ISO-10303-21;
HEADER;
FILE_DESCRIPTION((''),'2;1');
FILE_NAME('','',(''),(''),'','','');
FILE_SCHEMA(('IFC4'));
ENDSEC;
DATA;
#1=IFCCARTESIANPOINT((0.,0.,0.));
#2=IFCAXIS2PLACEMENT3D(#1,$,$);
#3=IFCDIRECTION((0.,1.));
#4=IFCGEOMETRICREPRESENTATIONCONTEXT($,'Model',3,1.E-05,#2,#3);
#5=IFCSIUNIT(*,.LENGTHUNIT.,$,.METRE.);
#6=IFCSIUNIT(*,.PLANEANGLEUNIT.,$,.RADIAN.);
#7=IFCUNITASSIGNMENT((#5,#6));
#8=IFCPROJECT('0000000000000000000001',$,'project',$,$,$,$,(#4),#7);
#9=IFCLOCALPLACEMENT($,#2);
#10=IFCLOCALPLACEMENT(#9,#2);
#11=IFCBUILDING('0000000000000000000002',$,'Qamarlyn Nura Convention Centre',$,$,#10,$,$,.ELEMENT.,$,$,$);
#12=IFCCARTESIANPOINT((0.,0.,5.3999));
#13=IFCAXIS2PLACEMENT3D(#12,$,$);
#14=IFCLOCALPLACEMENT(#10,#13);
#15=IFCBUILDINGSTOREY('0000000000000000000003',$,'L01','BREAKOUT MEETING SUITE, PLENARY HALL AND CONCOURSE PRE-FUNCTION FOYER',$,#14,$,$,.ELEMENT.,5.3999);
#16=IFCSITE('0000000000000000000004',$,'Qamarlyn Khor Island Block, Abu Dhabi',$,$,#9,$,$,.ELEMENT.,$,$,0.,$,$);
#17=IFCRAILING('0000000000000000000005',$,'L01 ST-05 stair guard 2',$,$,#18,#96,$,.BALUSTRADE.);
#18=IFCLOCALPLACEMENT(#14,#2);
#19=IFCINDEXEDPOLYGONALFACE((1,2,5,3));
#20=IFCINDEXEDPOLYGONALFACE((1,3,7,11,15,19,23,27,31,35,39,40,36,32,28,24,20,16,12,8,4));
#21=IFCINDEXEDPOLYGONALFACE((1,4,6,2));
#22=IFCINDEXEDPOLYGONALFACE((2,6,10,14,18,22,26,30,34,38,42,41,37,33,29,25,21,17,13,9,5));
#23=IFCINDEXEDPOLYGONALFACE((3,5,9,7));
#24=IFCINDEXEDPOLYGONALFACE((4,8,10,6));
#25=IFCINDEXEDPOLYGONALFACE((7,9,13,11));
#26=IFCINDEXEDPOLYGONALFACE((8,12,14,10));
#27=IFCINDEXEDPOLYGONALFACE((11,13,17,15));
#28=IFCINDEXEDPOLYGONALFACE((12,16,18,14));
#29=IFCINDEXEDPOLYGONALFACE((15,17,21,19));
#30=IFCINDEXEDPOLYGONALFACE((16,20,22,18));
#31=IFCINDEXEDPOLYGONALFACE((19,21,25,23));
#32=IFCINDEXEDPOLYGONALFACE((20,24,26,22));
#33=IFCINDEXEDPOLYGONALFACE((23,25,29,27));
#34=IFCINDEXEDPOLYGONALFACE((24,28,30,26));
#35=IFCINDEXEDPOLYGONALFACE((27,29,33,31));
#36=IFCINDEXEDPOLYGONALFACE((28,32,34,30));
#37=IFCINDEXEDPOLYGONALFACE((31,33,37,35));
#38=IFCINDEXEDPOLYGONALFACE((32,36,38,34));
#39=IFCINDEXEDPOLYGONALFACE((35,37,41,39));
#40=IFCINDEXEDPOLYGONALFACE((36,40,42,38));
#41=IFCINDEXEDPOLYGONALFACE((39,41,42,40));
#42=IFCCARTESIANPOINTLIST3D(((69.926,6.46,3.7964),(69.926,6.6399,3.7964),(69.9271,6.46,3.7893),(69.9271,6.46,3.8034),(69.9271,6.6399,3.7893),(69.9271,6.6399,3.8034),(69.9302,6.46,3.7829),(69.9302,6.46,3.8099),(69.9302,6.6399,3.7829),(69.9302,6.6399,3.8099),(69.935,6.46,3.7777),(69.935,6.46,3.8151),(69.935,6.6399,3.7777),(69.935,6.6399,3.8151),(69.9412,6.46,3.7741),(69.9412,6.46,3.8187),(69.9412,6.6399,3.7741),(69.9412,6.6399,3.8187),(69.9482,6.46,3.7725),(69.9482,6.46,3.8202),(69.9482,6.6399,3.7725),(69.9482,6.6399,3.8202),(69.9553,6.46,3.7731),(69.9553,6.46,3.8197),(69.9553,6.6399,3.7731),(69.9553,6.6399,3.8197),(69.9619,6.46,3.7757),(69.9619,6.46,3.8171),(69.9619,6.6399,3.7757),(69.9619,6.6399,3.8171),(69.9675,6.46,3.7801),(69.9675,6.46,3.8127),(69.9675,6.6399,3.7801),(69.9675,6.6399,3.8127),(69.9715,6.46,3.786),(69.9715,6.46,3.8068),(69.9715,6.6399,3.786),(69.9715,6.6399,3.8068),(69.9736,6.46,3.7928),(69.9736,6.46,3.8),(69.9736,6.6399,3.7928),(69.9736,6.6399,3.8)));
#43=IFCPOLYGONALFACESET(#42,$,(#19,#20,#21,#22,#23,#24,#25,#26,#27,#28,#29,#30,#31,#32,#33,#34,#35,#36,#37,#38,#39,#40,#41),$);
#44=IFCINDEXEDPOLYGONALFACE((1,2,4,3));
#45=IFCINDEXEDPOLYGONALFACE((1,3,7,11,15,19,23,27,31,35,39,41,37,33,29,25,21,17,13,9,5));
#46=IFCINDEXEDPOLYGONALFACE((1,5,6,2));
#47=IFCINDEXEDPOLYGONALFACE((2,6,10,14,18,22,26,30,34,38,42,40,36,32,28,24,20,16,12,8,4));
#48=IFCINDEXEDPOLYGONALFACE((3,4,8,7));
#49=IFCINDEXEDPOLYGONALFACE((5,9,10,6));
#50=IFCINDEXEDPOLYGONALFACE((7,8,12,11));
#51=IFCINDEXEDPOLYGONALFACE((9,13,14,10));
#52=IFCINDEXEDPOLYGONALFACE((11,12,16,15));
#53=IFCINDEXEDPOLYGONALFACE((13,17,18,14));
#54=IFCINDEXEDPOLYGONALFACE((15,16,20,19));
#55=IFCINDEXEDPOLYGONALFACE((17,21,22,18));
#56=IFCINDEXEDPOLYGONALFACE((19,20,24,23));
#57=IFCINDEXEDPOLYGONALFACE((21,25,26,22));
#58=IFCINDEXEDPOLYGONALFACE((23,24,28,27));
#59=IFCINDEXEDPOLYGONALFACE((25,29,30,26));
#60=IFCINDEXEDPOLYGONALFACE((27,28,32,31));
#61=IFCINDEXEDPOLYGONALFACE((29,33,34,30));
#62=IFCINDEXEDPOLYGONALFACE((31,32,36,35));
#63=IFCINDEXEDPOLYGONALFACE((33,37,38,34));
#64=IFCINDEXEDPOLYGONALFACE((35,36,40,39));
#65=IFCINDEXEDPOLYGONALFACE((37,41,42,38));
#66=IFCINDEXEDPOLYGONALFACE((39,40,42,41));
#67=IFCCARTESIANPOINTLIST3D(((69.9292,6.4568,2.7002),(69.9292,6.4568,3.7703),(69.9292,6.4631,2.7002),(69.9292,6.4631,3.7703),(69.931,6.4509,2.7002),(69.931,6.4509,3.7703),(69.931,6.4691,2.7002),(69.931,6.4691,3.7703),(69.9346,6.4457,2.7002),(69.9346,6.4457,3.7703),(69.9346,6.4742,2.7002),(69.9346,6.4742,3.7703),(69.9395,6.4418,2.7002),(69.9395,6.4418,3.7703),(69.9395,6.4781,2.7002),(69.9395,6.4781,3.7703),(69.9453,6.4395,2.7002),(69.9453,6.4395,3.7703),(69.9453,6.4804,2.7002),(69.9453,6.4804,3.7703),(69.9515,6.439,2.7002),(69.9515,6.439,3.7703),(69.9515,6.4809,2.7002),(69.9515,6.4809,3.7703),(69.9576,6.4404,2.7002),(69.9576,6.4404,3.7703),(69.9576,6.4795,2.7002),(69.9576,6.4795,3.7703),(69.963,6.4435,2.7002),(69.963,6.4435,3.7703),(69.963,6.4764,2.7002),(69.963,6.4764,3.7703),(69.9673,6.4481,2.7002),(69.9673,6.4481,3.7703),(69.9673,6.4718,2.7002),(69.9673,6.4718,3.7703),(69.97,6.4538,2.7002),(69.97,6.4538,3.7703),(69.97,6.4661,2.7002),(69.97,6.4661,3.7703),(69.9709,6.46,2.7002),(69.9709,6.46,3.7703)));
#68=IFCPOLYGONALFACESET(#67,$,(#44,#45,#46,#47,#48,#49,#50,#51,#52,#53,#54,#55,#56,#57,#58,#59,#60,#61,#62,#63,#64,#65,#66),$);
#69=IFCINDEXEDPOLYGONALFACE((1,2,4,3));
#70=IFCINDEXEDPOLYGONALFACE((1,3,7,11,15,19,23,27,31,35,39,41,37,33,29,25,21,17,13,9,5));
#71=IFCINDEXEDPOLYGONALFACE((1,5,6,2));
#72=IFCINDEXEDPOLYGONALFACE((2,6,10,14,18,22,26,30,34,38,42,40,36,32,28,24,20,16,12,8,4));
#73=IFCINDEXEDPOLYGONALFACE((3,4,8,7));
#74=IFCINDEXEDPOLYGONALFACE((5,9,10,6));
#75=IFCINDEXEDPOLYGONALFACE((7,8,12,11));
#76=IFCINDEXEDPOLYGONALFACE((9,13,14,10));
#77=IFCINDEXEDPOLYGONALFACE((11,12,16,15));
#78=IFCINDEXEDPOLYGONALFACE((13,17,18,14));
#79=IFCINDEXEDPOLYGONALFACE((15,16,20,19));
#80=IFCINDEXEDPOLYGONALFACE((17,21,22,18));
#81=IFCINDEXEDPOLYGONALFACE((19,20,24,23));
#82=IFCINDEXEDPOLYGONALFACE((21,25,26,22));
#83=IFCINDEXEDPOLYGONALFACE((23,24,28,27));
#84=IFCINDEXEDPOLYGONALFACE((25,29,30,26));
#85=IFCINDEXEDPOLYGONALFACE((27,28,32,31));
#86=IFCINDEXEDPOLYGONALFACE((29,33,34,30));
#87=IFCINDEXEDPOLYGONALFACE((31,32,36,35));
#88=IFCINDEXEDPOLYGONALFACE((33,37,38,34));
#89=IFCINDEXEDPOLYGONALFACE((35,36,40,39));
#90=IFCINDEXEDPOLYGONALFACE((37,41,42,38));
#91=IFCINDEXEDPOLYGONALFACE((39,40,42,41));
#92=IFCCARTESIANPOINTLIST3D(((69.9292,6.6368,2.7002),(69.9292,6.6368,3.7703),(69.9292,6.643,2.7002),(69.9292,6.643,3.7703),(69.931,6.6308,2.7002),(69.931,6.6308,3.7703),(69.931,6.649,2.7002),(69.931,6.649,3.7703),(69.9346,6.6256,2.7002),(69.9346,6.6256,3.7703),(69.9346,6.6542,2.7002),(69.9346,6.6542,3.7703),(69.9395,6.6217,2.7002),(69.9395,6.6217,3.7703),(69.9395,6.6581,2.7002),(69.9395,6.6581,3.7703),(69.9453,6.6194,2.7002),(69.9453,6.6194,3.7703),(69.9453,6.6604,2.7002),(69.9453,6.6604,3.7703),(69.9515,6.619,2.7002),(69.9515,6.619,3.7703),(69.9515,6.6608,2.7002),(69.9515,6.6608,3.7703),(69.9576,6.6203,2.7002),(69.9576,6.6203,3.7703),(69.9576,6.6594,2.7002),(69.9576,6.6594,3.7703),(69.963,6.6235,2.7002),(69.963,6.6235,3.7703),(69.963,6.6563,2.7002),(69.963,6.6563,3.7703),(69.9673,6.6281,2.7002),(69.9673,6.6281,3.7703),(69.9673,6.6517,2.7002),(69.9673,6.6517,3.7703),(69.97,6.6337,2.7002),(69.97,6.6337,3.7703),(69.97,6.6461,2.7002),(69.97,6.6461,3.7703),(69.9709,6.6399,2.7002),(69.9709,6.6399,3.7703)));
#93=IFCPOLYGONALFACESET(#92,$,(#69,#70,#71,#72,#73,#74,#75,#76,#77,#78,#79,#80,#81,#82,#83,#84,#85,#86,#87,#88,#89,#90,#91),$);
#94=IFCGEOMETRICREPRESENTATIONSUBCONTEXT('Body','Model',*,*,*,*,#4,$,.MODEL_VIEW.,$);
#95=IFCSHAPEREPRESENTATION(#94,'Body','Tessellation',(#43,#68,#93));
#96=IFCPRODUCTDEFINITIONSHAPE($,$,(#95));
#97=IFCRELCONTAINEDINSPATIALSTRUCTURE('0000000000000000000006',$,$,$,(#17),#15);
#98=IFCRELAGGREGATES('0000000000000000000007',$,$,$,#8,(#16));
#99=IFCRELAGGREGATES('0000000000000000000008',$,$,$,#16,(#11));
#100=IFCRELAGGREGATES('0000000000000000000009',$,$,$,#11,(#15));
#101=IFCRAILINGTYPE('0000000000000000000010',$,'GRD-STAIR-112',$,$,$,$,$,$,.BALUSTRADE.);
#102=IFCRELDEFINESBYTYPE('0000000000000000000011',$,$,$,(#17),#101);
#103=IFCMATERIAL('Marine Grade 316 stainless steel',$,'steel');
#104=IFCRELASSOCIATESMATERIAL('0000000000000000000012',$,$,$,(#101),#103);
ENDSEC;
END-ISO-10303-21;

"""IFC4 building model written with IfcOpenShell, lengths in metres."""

from ifc_helpers import new_model, si_unit, direction, frame, origin, origin_2d, place, context, subcontext, project, spatial, circle, extrude, material, type_object, element, save


model = new_model("IFC4")

# Units and contexts
model_context = context("Model", 3, precision=1e-05, world=origin(), true_north=direction((0.0, 1.0)))
body_context = subcontext(model_context, "Body", "Model", "MODEL_VIEW")
ifc_project = project(units=[si_unit("LENGTHUNIT", "METRE"), si_unit("PLANEANGLEUNIT", "RADIAN")], contexts=[model_context])

# Site, building, storey
site_placement = place(None, origin())
site = spatial("IfcSite", under=ifc_project, at=site_placement, Name="Qamarlyn Khor Island Block, Abu Dhabi", CompositionType="ELEMENT", RefElevation=0.0)
building_placement = place(site_placement, origin())
building = spatial("IfcBuilding", under=site, at=building_placement, Name="Qamarlyn Nura Convention Centre", CompositionType="ELEMENT")
storey_placement = place(building_placement, frame((0.0, 0.0, 5.3999)))
storey = spatial("IfcBuildingStorey", under=building, at=storey_placement, Name="L01", Description="BREAKOUT MEETING SUITE, PLENARY HALL AND CONCOURSE PRE-FUNCTION FOYER", CompositionType="ELEMENT", Elevation=5.3999)

# Railing
ifc_material_1 = material(Name="Marine Grade 316 stainless steel", Category="steel")
railing_type_1 = type_object("IfcRailingType", Name="GRD-STAIR-112", PredefinedType="BALUSTRADE", material=ifc_material_1)
railing_1_placement = place(storey_placement, frame((69.95, 6.46, 2.7002)))
element("IfcRailing", 1, at=railing_1_placement, inside=storey, type_object=railing_type_1, Name="L01 ST-05 stair guard 2", PredefinedType="BALUSTRADE", context=body_context, shape_type="SweptSolid", body=[
    extrude(circle(Radius=0.0239, at=origin_2d()), frame((0.0, 0.0, 1.0962), z_axis=(0.0, 1.0, 0.0), x_axis=(-1.0, 0.0, 0.0)), (0.0, 0.0, 1.0), 0.1799),
    extrude(circle(Radius=0.021, at=origin_2d()), origin(), (0.0, 0.0, 1.0), 1.0701),
    extrude(circle(Radius=0.021, at=origin_2d()), frame((0.0, 0.1799, 0.0)), (0.0, 0.0, 1.0), 1.0701),
])

save(model, "model.ifc")
